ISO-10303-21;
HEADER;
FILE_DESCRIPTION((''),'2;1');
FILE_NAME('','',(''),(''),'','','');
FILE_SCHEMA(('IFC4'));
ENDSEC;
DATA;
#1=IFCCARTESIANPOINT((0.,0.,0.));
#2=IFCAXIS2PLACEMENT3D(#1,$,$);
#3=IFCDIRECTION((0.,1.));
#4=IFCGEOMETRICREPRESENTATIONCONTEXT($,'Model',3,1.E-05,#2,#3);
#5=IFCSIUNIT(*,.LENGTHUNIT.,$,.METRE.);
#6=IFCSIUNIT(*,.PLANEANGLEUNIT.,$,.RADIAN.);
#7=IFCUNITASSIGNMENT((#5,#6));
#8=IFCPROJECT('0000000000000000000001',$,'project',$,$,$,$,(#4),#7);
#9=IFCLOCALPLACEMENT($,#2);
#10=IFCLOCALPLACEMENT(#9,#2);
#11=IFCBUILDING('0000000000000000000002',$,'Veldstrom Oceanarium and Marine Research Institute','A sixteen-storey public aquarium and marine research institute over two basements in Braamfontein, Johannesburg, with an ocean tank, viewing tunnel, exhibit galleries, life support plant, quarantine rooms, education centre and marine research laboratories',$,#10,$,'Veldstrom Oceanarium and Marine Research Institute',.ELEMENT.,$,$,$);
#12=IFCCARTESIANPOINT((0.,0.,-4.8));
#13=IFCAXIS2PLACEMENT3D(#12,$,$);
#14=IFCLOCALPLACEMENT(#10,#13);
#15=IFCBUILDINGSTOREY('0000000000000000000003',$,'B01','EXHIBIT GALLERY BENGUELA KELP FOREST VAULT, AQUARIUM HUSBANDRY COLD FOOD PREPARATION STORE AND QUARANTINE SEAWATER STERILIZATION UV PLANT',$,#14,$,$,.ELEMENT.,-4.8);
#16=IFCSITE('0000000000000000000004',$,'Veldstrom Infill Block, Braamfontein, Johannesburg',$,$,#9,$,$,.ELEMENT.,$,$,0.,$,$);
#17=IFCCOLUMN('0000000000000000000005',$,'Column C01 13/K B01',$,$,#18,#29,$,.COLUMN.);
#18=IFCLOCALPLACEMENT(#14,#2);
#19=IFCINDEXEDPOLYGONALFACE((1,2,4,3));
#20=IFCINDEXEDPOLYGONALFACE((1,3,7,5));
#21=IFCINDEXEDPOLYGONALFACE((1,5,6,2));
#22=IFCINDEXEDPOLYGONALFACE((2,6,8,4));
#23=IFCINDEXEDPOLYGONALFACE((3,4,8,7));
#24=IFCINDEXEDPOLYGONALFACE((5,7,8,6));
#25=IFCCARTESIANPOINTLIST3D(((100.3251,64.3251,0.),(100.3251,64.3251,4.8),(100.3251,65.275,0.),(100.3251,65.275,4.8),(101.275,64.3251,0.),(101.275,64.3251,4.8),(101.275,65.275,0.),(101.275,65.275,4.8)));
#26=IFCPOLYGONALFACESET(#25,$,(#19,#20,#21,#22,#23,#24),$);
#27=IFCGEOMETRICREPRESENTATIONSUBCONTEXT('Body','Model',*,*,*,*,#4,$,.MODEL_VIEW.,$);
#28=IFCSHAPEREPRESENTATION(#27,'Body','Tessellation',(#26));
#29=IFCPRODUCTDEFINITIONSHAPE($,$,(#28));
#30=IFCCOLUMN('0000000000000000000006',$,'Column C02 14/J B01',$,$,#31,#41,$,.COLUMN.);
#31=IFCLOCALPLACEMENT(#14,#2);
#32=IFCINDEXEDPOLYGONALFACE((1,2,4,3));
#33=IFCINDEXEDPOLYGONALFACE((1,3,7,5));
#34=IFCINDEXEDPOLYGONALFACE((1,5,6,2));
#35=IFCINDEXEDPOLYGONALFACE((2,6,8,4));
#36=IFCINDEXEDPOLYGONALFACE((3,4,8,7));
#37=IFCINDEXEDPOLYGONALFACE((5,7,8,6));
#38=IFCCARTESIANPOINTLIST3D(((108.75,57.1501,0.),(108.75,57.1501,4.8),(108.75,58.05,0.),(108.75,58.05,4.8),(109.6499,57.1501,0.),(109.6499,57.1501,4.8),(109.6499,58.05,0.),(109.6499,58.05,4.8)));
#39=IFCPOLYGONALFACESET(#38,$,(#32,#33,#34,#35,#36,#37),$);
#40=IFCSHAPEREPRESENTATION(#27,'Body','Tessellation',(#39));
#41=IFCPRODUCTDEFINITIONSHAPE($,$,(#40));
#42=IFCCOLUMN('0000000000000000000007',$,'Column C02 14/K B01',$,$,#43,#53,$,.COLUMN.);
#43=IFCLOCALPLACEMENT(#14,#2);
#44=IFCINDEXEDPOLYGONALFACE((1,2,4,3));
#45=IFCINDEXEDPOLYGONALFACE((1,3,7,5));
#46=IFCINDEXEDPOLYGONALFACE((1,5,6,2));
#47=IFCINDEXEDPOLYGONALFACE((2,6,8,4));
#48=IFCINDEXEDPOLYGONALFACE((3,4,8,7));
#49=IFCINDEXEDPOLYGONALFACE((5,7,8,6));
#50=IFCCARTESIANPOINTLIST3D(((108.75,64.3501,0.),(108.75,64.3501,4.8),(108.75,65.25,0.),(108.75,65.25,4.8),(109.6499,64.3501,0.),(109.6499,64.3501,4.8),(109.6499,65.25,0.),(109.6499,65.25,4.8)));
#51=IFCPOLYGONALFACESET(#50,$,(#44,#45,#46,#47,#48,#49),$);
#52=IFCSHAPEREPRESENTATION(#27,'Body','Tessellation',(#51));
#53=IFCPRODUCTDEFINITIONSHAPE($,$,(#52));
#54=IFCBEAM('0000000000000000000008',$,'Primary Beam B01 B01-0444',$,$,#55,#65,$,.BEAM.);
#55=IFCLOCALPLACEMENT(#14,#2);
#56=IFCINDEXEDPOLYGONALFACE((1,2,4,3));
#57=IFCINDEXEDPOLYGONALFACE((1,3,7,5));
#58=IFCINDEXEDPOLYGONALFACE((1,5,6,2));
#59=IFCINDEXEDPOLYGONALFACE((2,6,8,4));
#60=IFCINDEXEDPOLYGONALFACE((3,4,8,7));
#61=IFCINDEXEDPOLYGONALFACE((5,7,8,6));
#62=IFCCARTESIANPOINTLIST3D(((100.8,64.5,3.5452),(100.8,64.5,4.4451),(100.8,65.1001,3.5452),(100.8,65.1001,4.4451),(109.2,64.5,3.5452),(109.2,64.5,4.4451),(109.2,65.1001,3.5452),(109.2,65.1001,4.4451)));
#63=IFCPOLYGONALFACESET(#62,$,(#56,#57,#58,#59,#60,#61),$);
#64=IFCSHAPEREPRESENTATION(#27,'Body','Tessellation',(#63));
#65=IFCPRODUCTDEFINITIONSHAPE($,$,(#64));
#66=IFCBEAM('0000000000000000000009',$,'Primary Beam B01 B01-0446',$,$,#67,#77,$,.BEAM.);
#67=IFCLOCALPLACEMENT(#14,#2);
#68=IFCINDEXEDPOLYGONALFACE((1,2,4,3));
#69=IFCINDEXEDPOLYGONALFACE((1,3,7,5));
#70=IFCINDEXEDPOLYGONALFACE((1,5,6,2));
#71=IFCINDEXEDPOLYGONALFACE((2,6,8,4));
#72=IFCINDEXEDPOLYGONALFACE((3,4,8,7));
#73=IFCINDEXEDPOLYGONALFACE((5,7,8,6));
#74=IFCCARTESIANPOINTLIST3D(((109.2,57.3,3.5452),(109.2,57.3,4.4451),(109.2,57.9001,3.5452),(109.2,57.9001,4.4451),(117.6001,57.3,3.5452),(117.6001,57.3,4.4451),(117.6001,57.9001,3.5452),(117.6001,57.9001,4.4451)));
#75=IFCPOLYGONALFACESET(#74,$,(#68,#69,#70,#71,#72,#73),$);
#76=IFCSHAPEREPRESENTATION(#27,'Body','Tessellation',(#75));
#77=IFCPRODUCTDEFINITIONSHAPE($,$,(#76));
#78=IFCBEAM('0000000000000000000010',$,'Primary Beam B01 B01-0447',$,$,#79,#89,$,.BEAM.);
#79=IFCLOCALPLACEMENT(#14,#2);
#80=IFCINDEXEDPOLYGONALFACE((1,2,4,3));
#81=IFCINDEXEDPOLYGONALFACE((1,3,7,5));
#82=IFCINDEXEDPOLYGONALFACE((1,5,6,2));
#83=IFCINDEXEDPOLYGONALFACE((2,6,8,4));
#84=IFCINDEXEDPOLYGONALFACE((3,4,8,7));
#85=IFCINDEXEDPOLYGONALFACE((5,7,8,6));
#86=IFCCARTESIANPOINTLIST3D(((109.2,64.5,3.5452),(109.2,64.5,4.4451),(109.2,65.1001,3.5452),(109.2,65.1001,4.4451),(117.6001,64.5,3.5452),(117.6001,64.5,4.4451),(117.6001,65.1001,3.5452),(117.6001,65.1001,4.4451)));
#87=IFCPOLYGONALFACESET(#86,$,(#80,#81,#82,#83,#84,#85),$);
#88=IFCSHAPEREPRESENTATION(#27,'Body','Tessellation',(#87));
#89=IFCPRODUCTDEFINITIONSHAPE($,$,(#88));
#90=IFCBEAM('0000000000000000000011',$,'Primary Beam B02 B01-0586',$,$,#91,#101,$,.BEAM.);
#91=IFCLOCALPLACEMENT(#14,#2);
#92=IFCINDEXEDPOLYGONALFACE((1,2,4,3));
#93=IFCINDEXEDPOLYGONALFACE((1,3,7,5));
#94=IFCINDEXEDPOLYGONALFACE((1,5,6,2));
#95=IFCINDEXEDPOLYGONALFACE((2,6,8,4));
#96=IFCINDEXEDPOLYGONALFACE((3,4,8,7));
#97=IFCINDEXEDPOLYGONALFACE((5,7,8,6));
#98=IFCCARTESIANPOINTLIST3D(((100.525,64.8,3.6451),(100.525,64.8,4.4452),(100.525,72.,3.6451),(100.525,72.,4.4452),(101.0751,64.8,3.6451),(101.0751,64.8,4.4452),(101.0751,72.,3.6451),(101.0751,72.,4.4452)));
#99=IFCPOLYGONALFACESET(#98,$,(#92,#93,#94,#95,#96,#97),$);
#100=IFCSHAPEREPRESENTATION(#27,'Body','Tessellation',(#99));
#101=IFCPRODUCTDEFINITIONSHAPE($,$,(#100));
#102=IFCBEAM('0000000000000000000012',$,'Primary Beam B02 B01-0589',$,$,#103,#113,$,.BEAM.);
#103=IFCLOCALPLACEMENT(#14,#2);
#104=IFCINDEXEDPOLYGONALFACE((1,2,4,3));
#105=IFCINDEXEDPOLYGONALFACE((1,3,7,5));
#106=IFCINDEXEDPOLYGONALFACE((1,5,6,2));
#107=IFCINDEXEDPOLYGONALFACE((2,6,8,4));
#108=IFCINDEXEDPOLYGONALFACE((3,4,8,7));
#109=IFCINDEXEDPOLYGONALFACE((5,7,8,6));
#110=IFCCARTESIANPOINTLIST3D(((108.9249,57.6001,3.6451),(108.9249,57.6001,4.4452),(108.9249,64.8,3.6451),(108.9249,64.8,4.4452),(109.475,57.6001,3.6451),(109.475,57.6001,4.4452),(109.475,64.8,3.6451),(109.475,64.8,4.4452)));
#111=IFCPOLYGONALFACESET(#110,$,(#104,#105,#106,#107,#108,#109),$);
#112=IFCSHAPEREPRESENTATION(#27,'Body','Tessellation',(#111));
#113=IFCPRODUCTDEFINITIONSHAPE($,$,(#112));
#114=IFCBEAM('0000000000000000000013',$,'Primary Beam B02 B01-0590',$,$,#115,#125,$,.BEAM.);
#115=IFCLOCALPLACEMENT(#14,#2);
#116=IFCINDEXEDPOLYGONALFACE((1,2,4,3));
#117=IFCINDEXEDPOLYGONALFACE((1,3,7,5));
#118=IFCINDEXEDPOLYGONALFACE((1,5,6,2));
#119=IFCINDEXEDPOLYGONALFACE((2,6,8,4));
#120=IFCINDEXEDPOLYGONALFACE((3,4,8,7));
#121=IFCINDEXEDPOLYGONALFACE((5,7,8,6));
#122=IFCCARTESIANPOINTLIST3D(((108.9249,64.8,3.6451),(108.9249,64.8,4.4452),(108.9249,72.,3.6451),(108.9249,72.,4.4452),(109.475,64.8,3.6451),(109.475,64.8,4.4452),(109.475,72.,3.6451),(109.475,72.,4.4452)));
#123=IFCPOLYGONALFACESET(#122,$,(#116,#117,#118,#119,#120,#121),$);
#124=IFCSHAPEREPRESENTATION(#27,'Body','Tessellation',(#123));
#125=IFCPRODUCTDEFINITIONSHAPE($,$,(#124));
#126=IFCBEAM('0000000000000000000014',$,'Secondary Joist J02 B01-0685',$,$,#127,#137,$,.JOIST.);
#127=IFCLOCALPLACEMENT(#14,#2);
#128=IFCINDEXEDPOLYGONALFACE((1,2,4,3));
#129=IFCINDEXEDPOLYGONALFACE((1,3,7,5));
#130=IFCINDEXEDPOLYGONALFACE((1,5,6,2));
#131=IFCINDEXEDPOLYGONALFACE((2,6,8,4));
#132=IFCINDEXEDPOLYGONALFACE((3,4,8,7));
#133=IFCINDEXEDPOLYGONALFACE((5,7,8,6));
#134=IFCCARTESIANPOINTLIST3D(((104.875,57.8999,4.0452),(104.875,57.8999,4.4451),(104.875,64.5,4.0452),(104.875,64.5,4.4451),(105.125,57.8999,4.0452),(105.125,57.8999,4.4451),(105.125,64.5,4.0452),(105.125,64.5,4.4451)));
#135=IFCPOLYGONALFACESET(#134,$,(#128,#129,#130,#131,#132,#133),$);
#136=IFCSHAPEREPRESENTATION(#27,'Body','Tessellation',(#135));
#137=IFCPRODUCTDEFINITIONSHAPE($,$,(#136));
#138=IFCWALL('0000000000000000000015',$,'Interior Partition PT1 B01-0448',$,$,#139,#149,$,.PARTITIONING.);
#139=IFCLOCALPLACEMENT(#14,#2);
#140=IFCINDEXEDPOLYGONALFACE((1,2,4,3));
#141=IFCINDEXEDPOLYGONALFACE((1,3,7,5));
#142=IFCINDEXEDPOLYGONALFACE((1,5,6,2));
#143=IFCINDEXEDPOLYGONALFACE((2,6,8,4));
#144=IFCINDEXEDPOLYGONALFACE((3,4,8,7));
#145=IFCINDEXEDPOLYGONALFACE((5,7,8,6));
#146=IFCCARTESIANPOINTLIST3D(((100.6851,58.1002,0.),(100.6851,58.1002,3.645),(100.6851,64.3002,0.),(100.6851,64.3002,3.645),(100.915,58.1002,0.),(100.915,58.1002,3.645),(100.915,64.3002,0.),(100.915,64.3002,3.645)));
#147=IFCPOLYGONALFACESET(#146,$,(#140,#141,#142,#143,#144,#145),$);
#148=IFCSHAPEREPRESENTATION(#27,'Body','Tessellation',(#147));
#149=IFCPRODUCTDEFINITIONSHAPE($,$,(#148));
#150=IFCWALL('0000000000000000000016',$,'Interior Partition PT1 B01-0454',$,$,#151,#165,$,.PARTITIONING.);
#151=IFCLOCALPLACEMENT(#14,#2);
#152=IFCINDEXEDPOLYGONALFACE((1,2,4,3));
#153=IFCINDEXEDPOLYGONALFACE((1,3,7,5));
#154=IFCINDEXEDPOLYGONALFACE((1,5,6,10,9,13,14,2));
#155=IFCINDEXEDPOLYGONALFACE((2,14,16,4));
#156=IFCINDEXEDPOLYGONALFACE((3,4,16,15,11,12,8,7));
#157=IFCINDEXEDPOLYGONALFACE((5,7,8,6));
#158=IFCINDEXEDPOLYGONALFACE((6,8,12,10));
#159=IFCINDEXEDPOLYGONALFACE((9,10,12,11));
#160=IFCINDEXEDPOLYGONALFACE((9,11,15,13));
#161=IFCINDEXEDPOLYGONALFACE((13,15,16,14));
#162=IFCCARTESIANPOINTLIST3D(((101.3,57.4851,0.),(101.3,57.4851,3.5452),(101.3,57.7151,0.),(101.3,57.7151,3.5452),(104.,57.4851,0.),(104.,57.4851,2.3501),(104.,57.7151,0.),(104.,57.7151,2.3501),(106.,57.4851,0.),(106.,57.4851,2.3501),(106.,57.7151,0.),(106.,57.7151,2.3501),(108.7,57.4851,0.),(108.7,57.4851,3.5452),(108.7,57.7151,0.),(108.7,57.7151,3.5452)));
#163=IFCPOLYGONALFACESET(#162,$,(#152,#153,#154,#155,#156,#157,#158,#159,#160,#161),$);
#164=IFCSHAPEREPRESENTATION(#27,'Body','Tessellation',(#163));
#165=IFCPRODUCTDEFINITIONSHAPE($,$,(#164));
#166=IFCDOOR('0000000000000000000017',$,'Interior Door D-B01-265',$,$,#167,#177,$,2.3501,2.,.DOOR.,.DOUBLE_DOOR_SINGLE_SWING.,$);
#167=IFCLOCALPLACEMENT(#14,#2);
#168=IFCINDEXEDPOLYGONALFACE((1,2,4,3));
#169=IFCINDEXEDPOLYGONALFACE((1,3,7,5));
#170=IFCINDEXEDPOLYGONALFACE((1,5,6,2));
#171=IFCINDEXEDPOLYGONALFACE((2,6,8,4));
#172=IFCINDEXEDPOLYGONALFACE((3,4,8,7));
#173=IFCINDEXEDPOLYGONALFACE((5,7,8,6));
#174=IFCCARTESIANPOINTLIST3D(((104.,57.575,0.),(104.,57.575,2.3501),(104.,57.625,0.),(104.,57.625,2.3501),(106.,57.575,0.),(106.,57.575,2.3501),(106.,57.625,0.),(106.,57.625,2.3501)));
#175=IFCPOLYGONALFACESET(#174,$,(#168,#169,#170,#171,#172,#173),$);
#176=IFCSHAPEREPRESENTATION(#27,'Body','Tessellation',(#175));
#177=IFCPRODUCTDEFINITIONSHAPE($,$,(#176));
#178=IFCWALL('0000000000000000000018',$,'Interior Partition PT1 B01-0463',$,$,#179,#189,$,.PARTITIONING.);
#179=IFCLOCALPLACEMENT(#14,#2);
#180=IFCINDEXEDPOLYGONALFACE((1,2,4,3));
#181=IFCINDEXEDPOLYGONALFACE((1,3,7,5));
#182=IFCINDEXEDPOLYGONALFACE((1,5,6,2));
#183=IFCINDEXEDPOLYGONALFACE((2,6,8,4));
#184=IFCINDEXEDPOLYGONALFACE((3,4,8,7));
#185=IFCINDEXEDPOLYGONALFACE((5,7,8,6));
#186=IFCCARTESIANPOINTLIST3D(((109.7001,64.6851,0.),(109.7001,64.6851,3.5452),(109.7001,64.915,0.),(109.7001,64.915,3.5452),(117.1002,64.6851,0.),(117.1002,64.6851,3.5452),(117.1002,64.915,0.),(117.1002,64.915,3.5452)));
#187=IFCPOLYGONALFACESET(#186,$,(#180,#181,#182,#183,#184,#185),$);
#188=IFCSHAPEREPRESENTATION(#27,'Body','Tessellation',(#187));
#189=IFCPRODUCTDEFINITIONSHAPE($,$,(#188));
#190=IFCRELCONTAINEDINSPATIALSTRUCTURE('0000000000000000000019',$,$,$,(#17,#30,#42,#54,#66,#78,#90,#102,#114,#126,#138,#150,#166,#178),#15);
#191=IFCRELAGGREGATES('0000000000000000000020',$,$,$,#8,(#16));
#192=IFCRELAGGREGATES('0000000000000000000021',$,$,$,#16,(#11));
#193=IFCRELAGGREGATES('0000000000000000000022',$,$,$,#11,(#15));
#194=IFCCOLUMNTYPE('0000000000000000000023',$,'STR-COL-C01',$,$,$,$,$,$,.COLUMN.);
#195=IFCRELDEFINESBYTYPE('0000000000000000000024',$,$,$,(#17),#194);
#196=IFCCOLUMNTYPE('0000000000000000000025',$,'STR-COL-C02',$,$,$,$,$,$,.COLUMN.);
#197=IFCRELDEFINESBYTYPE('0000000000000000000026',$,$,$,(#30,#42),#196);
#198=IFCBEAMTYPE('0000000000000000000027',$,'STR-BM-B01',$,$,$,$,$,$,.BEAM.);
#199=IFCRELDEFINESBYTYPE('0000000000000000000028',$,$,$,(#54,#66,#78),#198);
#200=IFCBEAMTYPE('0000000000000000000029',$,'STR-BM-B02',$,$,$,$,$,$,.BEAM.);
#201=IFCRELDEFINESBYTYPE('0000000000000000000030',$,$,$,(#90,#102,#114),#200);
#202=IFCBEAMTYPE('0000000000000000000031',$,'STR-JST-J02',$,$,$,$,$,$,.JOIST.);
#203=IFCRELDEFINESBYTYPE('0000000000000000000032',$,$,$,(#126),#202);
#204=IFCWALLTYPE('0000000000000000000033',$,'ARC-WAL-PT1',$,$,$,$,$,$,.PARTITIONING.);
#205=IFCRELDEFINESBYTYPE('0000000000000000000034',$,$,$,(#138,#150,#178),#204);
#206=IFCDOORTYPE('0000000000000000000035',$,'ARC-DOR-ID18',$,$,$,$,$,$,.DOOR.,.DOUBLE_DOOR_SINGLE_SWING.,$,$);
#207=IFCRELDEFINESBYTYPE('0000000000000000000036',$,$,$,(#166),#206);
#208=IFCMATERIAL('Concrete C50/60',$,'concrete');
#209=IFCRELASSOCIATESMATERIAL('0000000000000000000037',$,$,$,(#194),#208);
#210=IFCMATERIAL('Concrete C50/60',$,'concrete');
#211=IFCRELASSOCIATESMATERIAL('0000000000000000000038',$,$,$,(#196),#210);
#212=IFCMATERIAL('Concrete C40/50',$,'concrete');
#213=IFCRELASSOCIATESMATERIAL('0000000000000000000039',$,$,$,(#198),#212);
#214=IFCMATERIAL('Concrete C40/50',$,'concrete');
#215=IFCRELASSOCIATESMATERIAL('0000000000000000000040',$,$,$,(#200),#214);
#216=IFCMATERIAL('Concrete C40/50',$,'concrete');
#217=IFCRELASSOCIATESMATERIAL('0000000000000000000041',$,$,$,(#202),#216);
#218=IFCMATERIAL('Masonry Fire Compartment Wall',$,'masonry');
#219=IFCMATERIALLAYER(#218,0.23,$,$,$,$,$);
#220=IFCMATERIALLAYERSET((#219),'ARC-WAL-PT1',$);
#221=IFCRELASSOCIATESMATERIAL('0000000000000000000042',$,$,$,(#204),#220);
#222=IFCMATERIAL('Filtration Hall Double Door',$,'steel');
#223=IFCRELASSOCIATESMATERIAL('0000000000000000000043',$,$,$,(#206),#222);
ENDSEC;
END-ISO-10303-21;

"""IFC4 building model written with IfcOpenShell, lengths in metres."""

from ifc_helpers import new_model, si_unit, direction, frame, frame_2d, origin, origin_2d, place, context, subcontext, project, spatial, rectangle, extrude, material, layer, layer_set, material_profile, profile_set, type_object, element, fill, save


model = new_model("IFC4")

# Units and contexts
model_context = context("Model", 3, precision=1e-05, world=origin(), true_north=direction((0.0, 1.0)))
body_context = subcontext(model_context, "Body", "Model", "MODEL_VIEW")
ifc_project = project(units=[si_unit("LENGTHUNIT", "METRE"), si_unit("PLANEANGLEUNIT", "RADIAN")], contexts=[model_context])

# Site, building, storey
site_placement = place(None, origin())
site = spatial("IfcSite", under=ifc_project, at=site_placement, Name="Veldstrom Infill Block, Braamfontein, Johannesburg", CompositionType="ELEMENT", RefElevation=0.0)
building_placement = place(site_placement, origin())
building = spatial("IfcBuilding", under=site, at=building_placement, Name="Veldstrom Oceanarium and Marine Research Institute", Description="A sixteen-storey public aquarium and marine research institute over two basements in Braamfontein, Johannesburg, with an ocean tank, viewing tunnel, exhibit galleries, life support plant, quarantine rooms, education centre and marine research laboratories", LongName="Veldstrom Oceanarium and Marine Research Institute", CompositionType="ELEMENT")
storey_placement = place(building_placement, frame((0.0, 0.0, -4.8)))
storey = spatial("IfcBuildingStorey", under=building, at=storey_placement, Name="B01", Description="EXHIBIT GALLERY BENGUELA KELP FOREST VAULT, AQUARIUM HUSBANDRY COLD FOOD PREPARATION STORE AND QUARANTINE SEAWATER STERILIZATION UV PLANT", CompositionType="ELEMENT", Elevation=-4.8)

# Columns
ifc_material_1 = material(Name="Concrete C50/60", Category="concrete")
ifc_material_profile_1 = material_profile(ifc_material_1, rectangle(XDim=0.95, YDim=0.95, at=origin_2d()), Name="RC-COL-950x950")
ifc_profile_set_1 = profile_set([ifc_material_profile_1], Name="Concrete C50/60")
column_type_1 = type_object("IfcColumnType", Name="STR-COL-C01", PredefinedType="COLUMN", material=ifc_profile_set_1)
column_placement = place(storey_placement, frame((100.8, 64.8, 0.0), z_axis=(0.0, 0.0, 1.0), x_axis=(1.0, 0.0, 0.0)))
element("IfcColumn", 1, at=column_placement, inside=storey, type_object=column_type_1, Name="Column C01 13/K B01", PredefinedType="COLUMN", context=body_context, shape_type="SweptSolid", body=[
    extrude(rectangle(XDim=0.95, YDim=0.95, at=origin_2d()), origin(), (0.0, 0.0, 1.0), 4.8),
])
ifc_material_2 = material(Name="Concrete C50/60", Category="concrete")
ifc_material_profile_2 = material_profile(ifc_material_2, rectangle(XDim=0.8999, YDim=0.8999, at=origin_2d()), Name="RC-COL-900x900")
ifc_profile_set_2 = profile_set([ifc_material_profile_2], Name="Concrete C50/60")
column_type_2 = type_object("IfcColumnType", Name="STR-COL-C02", PredefinedType="COLUMN", material=ifc_profile_set_2)
for number, where, z_axis, x_axis, name in (
    (2, (109.2, 57.6001, 0.0), (0.0, 0.0, 1.0), (1.0, 0.0, 0.0), "Column C02 14/J B01"),
    (3, (109.2, 64.8, 0.0), (0.0, 0.0, 1.0), (1.0, 0.0, 0.0), "Column C02 14/K B01"),
):
    element("IfcColumn", number, at=place(storey_placement, frame(where, z_axis=z_axis, x_axis=x_axis)), inside=storey, type_object=column_type_2, Name=name, PredefinedType="COLUMN", context=body_context, shape_type="SweptSolid", body=[
        extrude(rectangle(XDim=0.8999, YDim=0.8999, at=origin_2d()), origin(), (0.0, 0.0, 1.0), 4.8),
    ])

# Beams
ifc_material_3 = material(Name="Concrete C40/50", Category="concrete")
ifc_material_profile_3 = material_profile(ifc_material_3, rectangle(XDim=0.6001, YDim=0.8999, at=origin_2d()), Name="RC-BM-600x900")
ifc_profile_set_3 = profile_set([ifc_material_profile_3], Name="Concrete C40/50")
beam_type_1 = type_object("IfcBeamType", Name="STR-BM-B01", PredefinedType="BEAM", material=ifc_profile_set_3)
beam_1_placement = place(storey_placement, frame((100.8, 64.8, 3.9951), z_axis=(1.0, 0.0, 0.0), x_axis=(0.0, 1.0, 0.0)))
element("IfcBeam", 4, at=beam_1_placement, inside=storey, type_object=beam_type_1, Name="Primary Beam B01 B01-0444", PredefinedType="BEAM", context=body_context, shape_type="SweptSolid", body=[
    extrude(rectangle(XDim=0.6001, YDim=0.8999, at=origin_2d()), origin(), (0.0, 0.0, 1.0), 8.3999),
])
for number, where, z_axis, x_axis, name in (
    (5, (109.2, 57.6001, 3.9951), (1.0, 0.0, 0.0), (0.0, 1.0, 0.0), "Primary Beam B01 B01-0446"),
    (6, (109.2, 64.8, 3.9951), (1.0, 0.0, 0.0), (0.0, 1.0, 0.0), "Primary Beam B01 B01-0447"),
):
    element("IfcBeam", number, at=place(storey_placement, frame(where, z_axis=z_axis, x_axis=x_axis)), inside=storey, type_object=beam_type_1, Name=name, PredefinedType="BEAM", context=body_context, shape_type="SweptSolid", body=[
        extrude(rectangle(XDim=0.6001, YDim=0.8999, at=origin_2d()), origin(), (0.0, 0.0, 1.0), 8.4001),
    ])
ifc_material_4 = material(Name="Concrete C40/50", Category="concrete")
ifc_material_profile_4 = material_profile(ifc_material_4, rectangle(XDim=0.55, YDim=0.8, at=origin_2d()), Name="RC-BM-550x800")
ifc_profile_set_4 = profile_set([ifc_material_profile_4], Name="Concrete C40/50")
beam_type_2 = type_object("IfcBeamType", Name="STR-BM-B02", PredefinedType="BEAM", material=ifc_profile_set_4)
for number, where, z_axis, x_axis, name in (
    (7, (100.8, 64.8, 4.0452), (0.0, 1.0, 0.0), (-1.0, 0.0, 0.0), "Primary Beam B02 B01-0586"),
    (8, (109.2, 57.6001, 4.0452), (0.0, 1.0, 0.0), (-1.0, 0.0, 0.0), "Primary Beam B02 B01-0589"),
    (9, (109.2, 64.8, 4.0452), (0.0, 1.0, 0.0), (-1.0, 0.0, 0.0), "Primary Beam B02 B01-0590"),
):
    element("IfcBeam", number, at=place(storey_placement, frame(where, z_axis=z_axis, x_axis=x_axis)), inside=storey, type_object=beam_type_2, Name=name, PredefinedType="BEAM", context=body_context, shape_type="SweptSolid", body=[
        extrude(rectangle(XDim=0.55, YDim=0.8, at=origin_2d()), origin(), (0.0, 0.0, 1.0), 7.2),
    ])
ifc_material_5 = material(Name="Concrete C40/50", Category="concrete")
ifc_material_profile_5 = material_profile(ifc_material_5, rectangle(XDim=0.25, YDim=0.3999, at=origin_2d()), Name="RC-JST-250x400")
ifc_profile_set_5 = profile_set([ifc_material_profile_5], Name="Concrete C40/50")
beam_type_3 = type_object("IfcBeamType", Name="STR-JST-J02", PredefinedType="JOIST", material=ifc_profile_set_5)
beam_2_placement = place(storey_placement, frame((105.0, 57.8999, 4.2451), z_axis=(0.0, 1.0, 0.0), x_axis=(-1.0, 0.0, 0.0)))
element("IfcBeam", 10, at=beam_2_placement, inside=storey, type_object=beam_type_3, Name="Secondary Joist J02 B01-0685", PredefinedType="JOIST", context=body_context, shape_type="SweptSolid", body=[
    extrude(rectangle(XDim=0.25, YDim=0.3999, at=origin_2d()), origin(), (0.0, 0.0, 1.0), 6.6001),
])

# Wall
ifc_material_6 = material(Name="Masonry Fire Compartment Wall", Category="masonry")
ifc_layer_1 = layer(ifc_material_6, 0.23)
ifc_layer_set_1 = layer_set([ifc_layer_1], Name="ARC-WAL-PT1")
wall_type_1 = type_object("IfcWallType", Name="ARC-WAL-PT1", PredefinedType="PARTITIONING", material=ifc_layer_set_1)
wall_1_placement = place(storey_placement, frame((100.8, 58.1001, 0.0), z_axis=(0.0, 0.0, 1.0), x_axis=(0.0, 1.0, 0.0)))
element("IfcWall", 11, at=wall_1_placement, inside=storey, type_object=wall_type_1, Name="Interior Partition PT1 B01-0448", PredefinedType="PARTITIONING", context=body_context, shape_type="SweptSolid", body=[
    extrude(rectangle(XDim=6.2, YDim=0.23, at=frame_2d((3.1001, 0.0))), origin(), (0.0, 0.0, 1.0), 3.645),
])

# Wall, opening, door
wall_2_placement = place(storey_placement, frame((101.3, 57.6001, 0.0), z_axis=(0.0, 0.0, 1.0), x_axis=(1.0, 0.0, 0.0)))
wall_2 = element("IfcWall", 12, at=wall_2_placement, inside=storey, type_object=wall_type_1, Name="Interior Partition PT1 B01-0454", PredefinedType="PARTITIONING", context=body_context, shape_type="SweptSolid", body=[
    extrude(rectangle(XDim=7.3999, YDim=0.23, at=frame_2d((3.7, 0.0))), origin(), (0.0, 0.0, 1.0), 3.5452),
])
opening_1_placement = place(wall_2_placement, frame((2.7, 0.0, 0.0)))
opening_1 = element("IfcOpeningElement", 13, at=opening_1_placement, cuts=wall_2, PredefinedType="OPENING", context=body_context, shape_type="SweptSolid", body=[
    extrude(rectangle(XDim=2.0, YDim=2.3501, at=frame_2d((1.0, 1.175))), frame((0.0, 0.125, 0.0), z_axis=(0.0, -1.0, 0.0), x_axis=(1.0, 0.0, 0.0)), (0.0, 0.0, 1.0), 0.25),
])
ifc_material_7 = material(Name="Filtration Hall Double Door", Category="steel")
door_type_1 = type_object("IfcDoorType", Name="ARC-DOR-ID18", OperationType="DOUBLE_DOOR_SINGLE_SWING", PredefinedType="DOOR", material=ifc_material_7)
door_1_placement = place(opening_1_placement, origin())
door_1 = element("IfcDoor", 14, at=door_1_placement, inside=storey, type_object=door_type_1, Name="Interior Door D-B01-265", OperationType="DOUBLE_DOOR_SINGLE_SWING", OverallHeight=2.3501, OverallWidth=2.0, PredefinedType="DOOR", context=body_context, shape_type="SweptSolid", body=[
    extrude(rectangle(XDim=2.0, YDim=2.3501, at=frame_2d((1.0, 1.175))), frame((0.0, 0.0249, 0.0), z_axis=(0.0, -1.0, 0.0), x_axis=(1.0, 0.0, 0.0)), (0.0, 0.0, 1.0), 0.05),
])
fill(opening_1, door_1)

# Wall
wall_3_placement = place(storey_placement, frame((109.7, 64.8, 0.0), z_axis=(0.0, 0.0, 1.0), x_axis=(1.0, 0.0, 0.0)))
element("IfcWall", 15, at=wall_3_placement, inside=storey, type_object=wall_type_1, Name="Interior Partition PT1 B01-0463", PredefinedType="PARTITIONING", context=body_context, shape_type="SweptSolid", body=[
    extrude(rectangle(XDim=7.4001, YDim=0.23, at=frame_2d((3.7002, 0.0))), origin(), (0.0, 0.0, 1.0), 3.5452),
])

save(model, "model.ifc")
